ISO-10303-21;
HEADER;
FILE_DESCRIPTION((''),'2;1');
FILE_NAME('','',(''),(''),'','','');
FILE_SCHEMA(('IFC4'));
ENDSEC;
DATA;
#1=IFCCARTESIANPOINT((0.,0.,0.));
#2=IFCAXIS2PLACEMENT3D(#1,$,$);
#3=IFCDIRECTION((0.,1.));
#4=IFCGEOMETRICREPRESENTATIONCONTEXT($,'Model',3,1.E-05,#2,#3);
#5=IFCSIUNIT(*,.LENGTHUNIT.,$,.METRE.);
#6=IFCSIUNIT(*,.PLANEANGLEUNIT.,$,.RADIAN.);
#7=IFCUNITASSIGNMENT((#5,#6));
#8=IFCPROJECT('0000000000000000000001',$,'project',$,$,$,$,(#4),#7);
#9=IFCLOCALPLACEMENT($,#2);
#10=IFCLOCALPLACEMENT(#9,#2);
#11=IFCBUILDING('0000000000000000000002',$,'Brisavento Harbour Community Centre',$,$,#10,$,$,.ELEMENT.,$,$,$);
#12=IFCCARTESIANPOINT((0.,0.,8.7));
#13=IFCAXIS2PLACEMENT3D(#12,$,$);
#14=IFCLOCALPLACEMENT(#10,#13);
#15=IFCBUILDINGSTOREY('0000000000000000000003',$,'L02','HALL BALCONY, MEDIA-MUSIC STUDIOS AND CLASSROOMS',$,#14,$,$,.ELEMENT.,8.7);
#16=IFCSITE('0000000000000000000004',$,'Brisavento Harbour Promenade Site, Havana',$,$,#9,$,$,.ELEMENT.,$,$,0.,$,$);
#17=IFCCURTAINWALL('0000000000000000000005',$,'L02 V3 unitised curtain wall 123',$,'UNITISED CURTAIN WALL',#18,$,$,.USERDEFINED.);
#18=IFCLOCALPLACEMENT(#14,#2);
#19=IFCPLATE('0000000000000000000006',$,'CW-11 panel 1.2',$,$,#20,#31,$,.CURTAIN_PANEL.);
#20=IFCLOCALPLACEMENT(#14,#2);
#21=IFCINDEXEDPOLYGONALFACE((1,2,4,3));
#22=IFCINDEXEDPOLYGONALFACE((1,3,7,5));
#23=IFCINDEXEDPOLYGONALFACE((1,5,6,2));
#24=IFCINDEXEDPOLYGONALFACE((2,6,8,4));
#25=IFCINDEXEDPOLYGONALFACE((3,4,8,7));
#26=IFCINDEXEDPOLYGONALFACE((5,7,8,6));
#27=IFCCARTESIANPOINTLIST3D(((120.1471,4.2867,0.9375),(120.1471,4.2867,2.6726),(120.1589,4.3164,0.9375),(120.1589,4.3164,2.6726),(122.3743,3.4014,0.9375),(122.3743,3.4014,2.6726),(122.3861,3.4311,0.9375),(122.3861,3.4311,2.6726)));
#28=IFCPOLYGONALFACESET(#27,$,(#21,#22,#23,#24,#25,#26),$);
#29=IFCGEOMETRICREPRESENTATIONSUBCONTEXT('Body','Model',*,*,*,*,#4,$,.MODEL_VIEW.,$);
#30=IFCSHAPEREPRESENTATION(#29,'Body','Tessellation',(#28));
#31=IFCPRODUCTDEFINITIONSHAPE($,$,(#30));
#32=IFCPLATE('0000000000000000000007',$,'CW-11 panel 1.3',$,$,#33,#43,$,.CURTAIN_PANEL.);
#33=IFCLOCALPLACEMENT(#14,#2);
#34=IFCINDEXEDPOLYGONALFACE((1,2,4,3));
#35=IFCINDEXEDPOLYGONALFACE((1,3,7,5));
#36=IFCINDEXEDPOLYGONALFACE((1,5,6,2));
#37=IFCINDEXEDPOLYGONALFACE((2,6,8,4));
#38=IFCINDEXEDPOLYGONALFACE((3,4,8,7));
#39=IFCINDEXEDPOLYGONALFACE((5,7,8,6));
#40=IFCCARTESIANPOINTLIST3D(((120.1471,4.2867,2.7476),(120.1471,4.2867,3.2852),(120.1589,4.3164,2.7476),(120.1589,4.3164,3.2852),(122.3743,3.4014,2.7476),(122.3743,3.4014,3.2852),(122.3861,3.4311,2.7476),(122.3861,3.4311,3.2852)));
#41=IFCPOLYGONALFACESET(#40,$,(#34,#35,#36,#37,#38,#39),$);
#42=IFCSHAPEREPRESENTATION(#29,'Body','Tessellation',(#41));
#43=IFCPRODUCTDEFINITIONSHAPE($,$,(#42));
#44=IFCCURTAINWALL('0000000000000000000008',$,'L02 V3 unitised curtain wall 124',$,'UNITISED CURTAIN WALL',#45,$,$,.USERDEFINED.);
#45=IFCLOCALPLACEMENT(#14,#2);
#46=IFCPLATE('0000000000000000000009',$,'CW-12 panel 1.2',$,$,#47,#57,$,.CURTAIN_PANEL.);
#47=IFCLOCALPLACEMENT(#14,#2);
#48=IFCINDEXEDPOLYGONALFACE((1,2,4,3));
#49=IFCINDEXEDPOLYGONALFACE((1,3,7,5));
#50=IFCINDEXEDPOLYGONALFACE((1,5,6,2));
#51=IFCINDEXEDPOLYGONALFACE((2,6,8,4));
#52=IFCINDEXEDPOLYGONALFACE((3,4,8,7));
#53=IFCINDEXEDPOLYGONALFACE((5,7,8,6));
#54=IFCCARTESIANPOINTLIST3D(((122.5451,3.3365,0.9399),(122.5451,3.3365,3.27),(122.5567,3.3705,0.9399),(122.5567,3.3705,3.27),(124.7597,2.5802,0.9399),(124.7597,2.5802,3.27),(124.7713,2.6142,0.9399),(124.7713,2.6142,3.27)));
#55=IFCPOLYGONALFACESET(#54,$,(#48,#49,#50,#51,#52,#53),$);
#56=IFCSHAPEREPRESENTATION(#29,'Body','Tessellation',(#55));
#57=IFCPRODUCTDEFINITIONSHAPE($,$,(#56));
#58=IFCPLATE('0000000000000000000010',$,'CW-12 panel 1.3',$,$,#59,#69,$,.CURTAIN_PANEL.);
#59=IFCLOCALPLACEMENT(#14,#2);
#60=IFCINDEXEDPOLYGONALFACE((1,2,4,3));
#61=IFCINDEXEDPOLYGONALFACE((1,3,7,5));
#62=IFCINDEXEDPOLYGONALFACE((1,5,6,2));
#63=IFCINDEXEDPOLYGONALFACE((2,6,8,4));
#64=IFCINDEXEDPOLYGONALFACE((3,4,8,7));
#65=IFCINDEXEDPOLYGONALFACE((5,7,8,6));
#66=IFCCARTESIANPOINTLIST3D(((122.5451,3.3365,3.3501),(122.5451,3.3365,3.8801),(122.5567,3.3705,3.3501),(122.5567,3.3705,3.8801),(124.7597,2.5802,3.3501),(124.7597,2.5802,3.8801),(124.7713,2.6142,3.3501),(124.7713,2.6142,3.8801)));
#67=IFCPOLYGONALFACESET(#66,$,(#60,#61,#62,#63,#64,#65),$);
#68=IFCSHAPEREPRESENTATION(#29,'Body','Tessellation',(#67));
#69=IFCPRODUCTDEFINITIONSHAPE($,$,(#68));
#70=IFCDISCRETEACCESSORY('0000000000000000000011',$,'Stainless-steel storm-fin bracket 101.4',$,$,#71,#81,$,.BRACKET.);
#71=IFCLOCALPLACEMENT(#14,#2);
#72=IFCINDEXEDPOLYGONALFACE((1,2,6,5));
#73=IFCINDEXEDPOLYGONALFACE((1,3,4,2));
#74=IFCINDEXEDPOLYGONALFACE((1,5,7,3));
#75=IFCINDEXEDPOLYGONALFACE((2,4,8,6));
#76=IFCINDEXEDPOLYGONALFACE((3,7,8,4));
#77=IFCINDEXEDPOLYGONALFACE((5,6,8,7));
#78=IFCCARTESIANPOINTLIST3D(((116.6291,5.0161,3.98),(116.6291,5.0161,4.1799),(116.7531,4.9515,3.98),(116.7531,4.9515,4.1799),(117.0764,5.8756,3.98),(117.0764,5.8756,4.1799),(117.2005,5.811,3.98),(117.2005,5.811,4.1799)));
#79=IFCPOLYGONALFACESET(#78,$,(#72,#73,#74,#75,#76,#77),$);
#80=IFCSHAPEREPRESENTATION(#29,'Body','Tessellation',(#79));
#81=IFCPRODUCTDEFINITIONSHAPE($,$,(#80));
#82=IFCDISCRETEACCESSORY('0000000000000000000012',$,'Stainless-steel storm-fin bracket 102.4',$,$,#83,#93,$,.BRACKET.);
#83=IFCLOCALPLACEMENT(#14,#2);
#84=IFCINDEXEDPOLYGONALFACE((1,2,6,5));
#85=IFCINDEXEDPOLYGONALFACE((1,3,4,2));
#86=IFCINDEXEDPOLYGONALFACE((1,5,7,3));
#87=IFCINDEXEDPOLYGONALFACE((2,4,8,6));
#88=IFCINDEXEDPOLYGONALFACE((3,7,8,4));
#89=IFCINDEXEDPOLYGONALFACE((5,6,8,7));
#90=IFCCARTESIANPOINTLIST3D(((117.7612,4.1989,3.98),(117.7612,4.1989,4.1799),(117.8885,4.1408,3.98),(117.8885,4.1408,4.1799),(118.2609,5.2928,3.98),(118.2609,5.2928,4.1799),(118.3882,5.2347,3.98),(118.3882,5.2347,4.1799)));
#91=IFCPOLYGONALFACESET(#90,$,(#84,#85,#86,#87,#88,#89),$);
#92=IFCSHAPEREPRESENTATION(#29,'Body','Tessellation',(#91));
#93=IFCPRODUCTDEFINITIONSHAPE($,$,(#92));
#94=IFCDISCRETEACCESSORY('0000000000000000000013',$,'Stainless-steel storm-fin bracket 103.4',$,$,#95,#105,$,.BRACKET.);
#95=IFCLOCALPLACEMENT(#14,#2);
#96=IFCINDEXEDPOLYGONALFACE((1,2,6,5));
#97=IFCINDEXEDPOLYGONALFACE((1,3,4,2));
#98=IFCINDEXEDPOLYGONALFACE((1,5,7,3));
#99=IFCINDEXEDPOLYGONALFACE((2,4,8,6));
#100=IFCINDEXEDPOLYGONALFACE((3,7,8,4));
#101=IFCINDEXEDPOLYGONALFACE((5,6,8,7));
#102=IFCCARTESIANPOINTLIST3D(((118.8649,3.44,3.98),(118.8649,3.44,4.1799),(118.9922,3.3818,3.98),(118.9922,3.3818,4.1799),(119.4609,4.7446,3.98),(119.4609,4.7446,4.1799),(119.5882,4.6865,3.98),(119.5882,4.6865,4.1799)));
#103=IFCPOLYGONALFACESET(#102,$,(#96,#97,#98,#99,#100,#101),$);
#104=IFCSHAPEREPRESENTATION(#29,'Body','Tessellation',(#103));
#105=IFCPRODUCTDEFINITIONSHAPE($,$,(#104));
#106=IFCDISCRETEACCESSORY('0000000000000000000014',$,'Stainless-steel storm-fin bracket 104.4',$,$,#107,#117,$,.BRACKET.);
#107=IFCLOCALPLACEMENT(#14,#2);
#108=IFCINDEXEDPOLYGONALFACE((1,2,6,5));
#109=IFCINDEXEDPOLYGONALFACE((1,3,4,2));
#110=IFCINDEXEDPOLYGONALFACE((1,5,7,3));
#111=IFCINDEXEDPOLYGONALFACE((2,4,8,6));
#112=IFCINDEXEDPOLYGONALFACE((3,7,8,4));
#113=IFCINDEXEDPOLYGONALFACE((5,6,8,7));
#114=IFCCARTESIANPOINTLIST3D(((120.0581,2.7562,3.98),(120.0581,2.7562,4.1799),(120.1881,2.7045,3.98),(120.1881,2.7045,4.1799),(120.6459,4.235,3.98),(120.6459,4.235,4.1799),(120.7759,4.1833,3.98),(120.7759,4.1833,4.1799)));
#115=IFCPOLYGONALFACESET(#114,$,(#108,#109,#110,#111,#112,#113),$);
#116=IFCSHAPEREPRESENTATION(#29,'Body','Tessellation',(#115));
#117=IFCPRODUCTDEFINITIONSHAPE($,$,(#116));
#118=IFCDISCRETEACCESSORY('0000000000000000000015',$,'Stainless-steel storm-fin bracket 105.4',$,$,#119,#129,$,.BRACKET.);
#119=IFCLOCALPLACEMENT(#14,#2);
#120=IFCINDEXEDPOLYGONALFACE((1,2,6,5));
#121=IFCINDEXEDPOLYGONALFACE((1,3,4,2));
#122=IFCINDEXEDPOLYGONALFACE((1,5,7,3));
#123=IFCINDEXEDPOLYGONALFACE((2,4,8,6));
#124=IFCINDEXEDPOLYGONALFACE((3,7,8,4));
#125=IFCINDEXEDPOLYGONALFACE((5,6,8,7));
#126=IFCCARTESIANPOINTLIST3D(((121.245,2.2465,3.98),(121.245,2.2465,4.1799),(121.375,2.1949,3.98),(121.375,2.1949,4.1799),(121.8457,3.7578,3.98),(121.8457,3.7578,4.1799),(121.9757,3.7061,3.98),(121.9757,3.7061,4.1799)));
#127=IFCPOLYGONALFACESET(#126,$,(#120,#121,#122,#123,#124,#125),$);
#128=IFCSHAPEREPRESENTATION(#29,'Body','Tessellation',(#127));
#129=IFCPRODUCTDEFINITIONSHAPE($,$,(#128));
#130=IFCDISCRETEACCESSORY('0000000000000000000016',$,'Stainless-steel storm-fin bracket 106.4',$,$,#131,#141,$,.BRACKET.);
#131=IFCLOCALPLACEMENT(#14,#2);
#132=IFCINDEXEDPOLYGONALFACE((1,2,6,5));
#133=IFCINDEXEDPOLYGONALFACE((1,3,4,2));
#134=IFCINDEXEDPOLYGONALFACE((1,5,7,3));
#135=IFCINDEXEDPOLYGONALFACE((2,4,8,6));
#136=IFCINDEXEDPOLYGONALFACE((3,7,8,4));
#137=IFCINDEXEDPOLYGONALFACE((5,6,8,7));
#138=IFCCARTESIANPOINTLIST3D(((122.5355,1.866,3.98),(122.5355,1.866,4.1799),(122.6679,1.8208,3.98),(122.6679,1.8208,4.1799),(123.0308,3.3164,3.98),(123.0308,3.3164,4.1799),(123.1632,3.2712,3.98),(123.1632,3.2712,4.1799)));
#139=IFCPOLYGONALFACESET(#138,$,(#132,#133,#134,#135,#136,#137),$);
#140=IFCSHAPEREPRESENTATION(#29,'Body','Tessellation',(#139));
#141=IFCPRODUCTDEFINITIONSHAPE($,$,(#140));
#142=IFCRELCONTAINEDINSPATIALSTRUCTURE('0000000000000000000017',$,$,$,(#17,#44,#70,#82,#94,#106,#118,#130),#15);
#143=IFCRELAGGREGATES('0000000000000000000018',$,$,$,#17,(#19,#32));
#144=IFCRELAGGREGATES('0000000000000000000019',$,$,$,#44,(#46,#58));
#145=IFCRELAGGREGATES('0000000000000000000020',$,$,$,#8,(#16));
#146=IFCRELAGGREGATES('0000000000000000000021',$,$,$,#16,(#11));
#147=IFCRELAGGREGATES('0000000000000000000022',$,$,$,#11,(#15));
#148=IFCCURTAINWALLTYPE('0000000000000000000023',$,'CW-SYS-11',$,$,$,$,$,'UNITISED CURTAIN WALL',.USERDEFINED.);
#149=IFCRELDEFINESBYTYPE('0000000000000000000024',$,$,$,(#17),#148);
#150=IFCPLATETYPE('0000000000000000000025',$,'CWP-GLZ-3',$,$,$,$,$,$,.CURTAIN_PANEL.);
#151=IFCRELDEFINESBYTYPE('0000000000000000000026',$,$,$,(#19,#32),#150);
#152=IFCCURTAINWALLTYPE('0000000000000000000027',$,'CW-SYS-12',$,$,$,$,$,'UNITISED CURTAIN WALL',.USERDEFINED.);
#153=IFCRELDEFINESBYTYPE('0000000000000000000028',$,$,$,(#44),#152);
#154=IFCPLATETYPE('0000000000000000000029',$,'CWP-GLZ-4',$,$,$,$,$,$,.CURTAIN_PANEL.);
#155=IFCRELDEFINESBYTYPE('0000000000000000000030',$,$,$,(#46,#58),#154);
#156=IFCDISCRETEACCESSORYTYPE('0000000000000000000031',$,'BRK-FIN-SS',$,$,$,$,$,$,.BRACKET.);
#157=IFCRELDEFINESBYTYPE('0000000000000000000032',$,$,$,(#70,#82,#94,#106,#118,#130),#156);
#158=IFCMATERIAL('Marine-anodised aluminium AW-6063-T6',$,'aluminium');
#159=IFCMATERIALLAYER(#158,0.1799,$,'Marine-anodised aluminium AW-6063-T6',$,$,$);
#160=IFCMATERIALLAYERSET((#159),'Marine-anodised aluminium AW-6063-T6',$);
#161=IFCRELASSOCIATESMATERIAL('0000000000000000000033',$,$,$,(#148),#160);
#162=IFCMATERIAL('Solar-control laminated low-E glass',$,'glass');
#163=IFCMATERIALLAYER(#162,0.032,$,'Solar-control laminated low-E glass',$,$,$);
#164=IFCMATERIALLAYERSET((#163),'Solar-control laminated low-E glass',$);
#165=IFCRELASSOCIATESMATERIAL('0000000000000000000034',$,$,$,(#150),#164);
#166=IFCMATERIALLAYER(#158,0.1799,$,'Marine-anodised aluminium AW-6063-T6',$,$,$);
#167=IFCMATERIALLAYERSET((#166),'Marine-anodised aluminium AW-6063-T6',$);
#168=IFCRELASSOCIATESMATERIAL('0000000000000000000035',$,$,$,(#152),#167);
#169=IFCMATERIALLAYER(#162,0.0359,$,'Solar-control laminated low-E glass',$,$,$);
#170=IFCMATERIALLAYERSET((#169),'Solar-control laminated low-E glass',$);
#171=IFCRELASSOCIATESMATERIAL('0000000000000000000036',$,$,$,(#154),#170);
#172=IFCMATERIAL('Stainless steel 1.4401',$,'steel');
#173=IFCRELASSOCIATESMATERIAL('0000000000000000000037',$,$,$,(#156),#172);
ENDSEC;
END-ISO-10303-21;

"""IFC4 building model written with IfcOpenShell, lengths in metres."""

from ifc_helpers import new_model, si_unit, direction, frame, origin, origin_2d, place, context, subcontext, project, spatial, rectangle, extrude, material, layer, layer_set, type_object, element, aggregate, save


model = new_model("IFC4")

# Units and contexts
model_context = context("Model", 3, precision=1e-05, world=origin(), true_north=direction((0.0, 1.0)))
body_context = subcontext(model_context, "Body", "Model", "MODEL_VIEW")
ifc_project = project(units=[si_unit("LENGTHUNIT", "METRE"), si_unit("PLANEANGLEUNIT", "RADIAN")], contexts=[model_context])

# Site, building, storey
site_placement = place(None, origin())
site = spatial("IfcSite", under=ifc_project, at=site_placement, Name="Brisavento Harbour Promenade Site, Havana", CompositionType="ELEMENT", RefElevation=0.0)
building_placement = place(site_placement, origin())
building = spatial("IfcBuilding", under=site, at=building_placement, Name="Brisavento Harbour Community Centre", CompositionType="ELEMENT")
storey_placement = place(building_placement, frame((0.0, 0.0, 8.7)))
storey = spatial("IfcBuildingStorey", under=building, at=storey_placement, Name="L02", Description="HALL BALCONY, MEDIA-MUSIC STUDIOS AND CLASSROOMS", CompositionType="ELEMENT", Elevation=8.7)

# Curtain wall
ifc_material_1 = material(Name="Marine-anodised aluminium AW-6063-T6", Category="aluminium")
ifc_layer_1 = layer(ifc_material_1, 0.1799, Name="Marine-anodised aluminium AW-6063-T6")
ifc_layer_set_1 = layer_set([ifc_layer_1], Name="Marine-anodised aluminium AW-6063-T6")
curtain_wall_type_1 = type_object("IfcCurtainWallType", Name="CW-SYS-11", ElementType="UNITISED CURTAIN WALL", PredefinedType="USERDEFINED", material=ifc_layer_set_1)
curtain_wall_1_placement = place(storey_placement, origin())
curtain_wall_1 = element("IfcCurtainWall", 1, at=curtain_wall_1_placement, inside=storey, type_object=curtain_wall_type_1, Name="L02 V3 unitised curtain wall 123", ObjectType="UNITISED CURTAIN WALL", PredefinedType="USERDEFINED")

# Plates
ifc_material_2 = material(Name="Solar-control laminated low-E glass", Category="glass")
ifc_layer_2 = layer(ifc_material_2, 0.032, Name="Solar-control laminated low-E glass")
ifc_layer_set_2 = layer_set([ifc_layer_2], Name="Solar-control laminated low-E glass")
plate_type_1 = type_object("IfcPlateType", Name="CWP-GLZ-3", PredefinedType="CURTAIN_PANEL", material=ifc_layer_set_2)
plate_1_placement = place(storey_placement, frame((121.2666, 3.8589, 0.9375), z_axis=(0.0, 0.0, 1.0), x_axis=(-0.929279, 0.369379, 0.0)))
plate_1 = element("IfcPlate", 2, at=plate_1_placement, type_object=plate_type_1, Name="CW-11 panel 1.2", PredefinedType="CURTAIN_PANEL", context=body_context, shape_type="SweptSolid", body=[
    extrude(rectangle(XDim=2.3967, YDim=0.032, at=origin_2d()), origin(), (0.0, 0.0, 1.0), 1.7351),
])
plate_2_placement = place(storey_placement, frame((121.2666, 3.8589, 2.7476), z_axis=(0.0, 0.0, 1.0), x_axis=(-0.929279, 0.369379, 0.0)))
plate_2 = element("IfcPlate", 3, at=plate_2_placement, type_object=plate_type_1, Name="CW-11 panel 1.3", PredefinedType="CURTAIN_PANEL", context=body_context, shape_type="SweptSolid", body=[
    extrude(rectangle(XDim=2.3967, YDim=0.032, at=origin_2d()), origin(), (0.0, 0.0, 1.0), 0.5376),
])
aggregate(curtain_wall_1, [plate_1, plate_2])

# Curtain wall, plates
ifc_layer_3 = layer(ifc_material_1, 0.1799, Name="Marine-anodised aluminium AW-6063-T6")
ifc_layer_set_3 = layer_set([ifc_layer_3], Name="Marine-anodised aluminium AW-6063-T6")
curtain_wall_type_2 = type_object("IfcCurtainWallType", Name="CW-SYS-12", ElementType="UNITISED CURTAIN WALL", PredefinedType="USERDEFINED", material=ifc_layer_set_3)
curtain_wall_2_placement = place(storey_placement, origin())
curtain_wall_2 = element("IfcCurtainWall", 4, at=curtain_wall_2_placement, inside=storey, type_object=curtain_wall_type_2, Name="L02 V3 unitised curtain wall 124", ObjectType="UNITISED CURTAIN WALL", PredefinedType="USERDEFINED")
ifc_layer_4 = layer(ifc_material_2, 0.0359, Name="Solar-control laminated low-E glass")
ifc_layer_set_4 = layer_set([ifc_layer_4], Name="Solar-control laminated low-E glass")
plate_type_2 = type_object("IfcPlateType", Name="CWP-GLZ-4", PredefinedType="CURTAIN_PANEL", material=ifc_layer_set_4)
plate_3_placement = place(storey_placement, frame((123.6582, 2.9753, 0.9399), z_axis=(0.0, 0.0, 1.0), x_axis=(-0.946338, 0.323179, 0.0)))
plate_3 = element("IfcPlate", 5, at=plate_3_placement, type_object=plate_type_2, Name="CW-12 panel 1.2", PredefinedType="CURTAIN_PANEL", context=body_context, shape_type="SweptSolid", body=[
    extrude(rectangle(XDim=2.3401, YDim=0.0359, at=origin_2d()), origin(), (0.0, 0.0, 1.0), 2.3301),
])
plate_4_placement = place(storey_placement, frame((123.6582, 2.9753, 3.3501), z_axis=(0.0, 0.0, 1.0), x_axis=(-0.946338, 0.323179, 0.0)))
plate_4 = element("IfcPlate", 6, at=plate_4_placement, type_object=plate_type_2, Name="CW-12 panel 1.3", PredefinedType="CURTAIN_PANEL", context=body_context, shape_type="SweptSolid", body=[
    extrude(rectangle(XDim=2.3401, YDim=0.0359, at=origin_2d()), origin(), (0.0, 0.0, 1.0), 0.53),
])
aggregate(curtain_wall_2, [plate_3, plate_4])

# Discrete accessories
ifc_material_3 = material(Name="Stainless steel 1.4401", Category="steel")
discrete_accessory_type = type_object("IfcDiscreteAccessoryType", Name="BRK-FIN-SS", PredefinedType="BRACKET", material=ifc_material_3)
discrete_accessory_1_placement = place(storey_placement, frame((116.9148, 5.4136, 3.98), z_axis=(0.0, 0.0, 1.0), x_axis=(-0.461702, -0.887035, 0.0)))
element("IfcDiscreteAccessory", 7, at=discrete_accessory_1_placement, inside=storey, type_object=discrete_accessory_type, Name="Stainless-steel storm-fin bracket 101.4", PredefinedType="BRACKET", context=body_context, shape_type="SweptSolid", body=[
    extrude(rectangle(XDim=0.969, YDim=0.1399, at=origin_2d()), origin(), (0.0, 0.0, 1.0), 0.2),
])
discrete_accessory_2_placement = place(storey_placement, frame((118.0747, 4.7168, 3.98), z_axis=(0.0, 0.0, 1.0), x_axis=(-0.415519, -0.909585, 0.0)))
element("IfcDiscreteAccessory", 8, at=discrete_accessory_2_placement, inside=storey, type_object=discrete_accessory_type, Name="Stainless-steel storm-fin bracket 102.4", PredefinedType="BRACKET", context=body_context, shape_type="SweptSolid", body=[
    extrude(rectangle(XDim=1.2026, YDim=0.1399, at=origin_2d()), origin(), (0.0, 0.0, 1.0), 0.2),
])
discrete_accessory_3_placement = place(storey_placement, frame((119.2266, 4.0632, 3.98), z_axis=(0.0, 0.0, 1.0), x_axis=(-0.415519, -0.909585, 0.0)))
element("IfcDiscreteAccessory", 9, at=discrete_accessory_3_placement, inside=storey, type_object=discrete_accessory_type, Name="Stainless-steel storm-fin bracket 103.4", PredefinedType="BRACKET", context=body_context, shape_type="SweptSolid", body=[
    extrude(rectangle(XDim=1.4343, YDim=0.1399, at=origin_2d()), origin(), (0.0, 0.0, 1.0), 0.2),
])
discrete_accessory_4_placement = place(storey_placement, frame((120.417, 3.4697, 3.98), z_axis=(0.0, 0.0, 1.0), x_axis=(-0.369341, -0.929294, 0.0)))
element("IfcDiscreteAccessory", 10, at=discrete_accessory_4_placement, inside=storey, type_object=discrete_accessory_type, Name="Stainless-steel storm-fin bracket 104.4", PredefinedType="BRACKET", context=body_context, shape_type="SweptSolid", body=[
    extrude(rectangle(XDim=1.5913, YDim=0.1399, at=origin_2d()), origin(), (0.0, 0.0, 1.0), 0.2),
])
discrete_accessory_5_placement = place(storey_placement, frame((121.6104, 2.9763, 3.98), z_axis=(0.0, 0.0, 1.0), x_axis=(-0.369341, -0.929294, 0.0)))
element("IfcDiscreteAccessory", 11, at=discrete_accessory_5_placement, inside=storey, type_object=discrete_accessory_type, Name="Stainless-steel storm-fin bracket 105.4", PredefinedType="BRACKET", context=body_context, shape_type="SweptSolid", body=[
    extrude(rectangle(XDim=1.6262, YDim=0.1399, at=origin_2d()), origin(), (0.0, 0.0, 1.0), 0.2),
])
discrete_accessory_6_placement = place(storey_placement, frame((122.8494, 2.5686, 3.98), z_axis=(0.0, 0.0, 1.0), x_axis=(-0.323174, -0.946339, 0.0)))
element("IfcDiscreteAccessory", 12, at=discrete_accessory_6_placement, inside=storey, type_object=discrete_accessory_type, Name="Stainless-steel storm-fin bracket 106.4", PredefinedType="BRACKET", context=body_context, shape_type="SweptSolid", body=[
    extrude(rectangle(XDim=1.5327, YDim=0.1399, at=origin_2d()), origin(), (0.0, 0.0, 1.0), 0.2),
])

save(model, "model.ifc")
